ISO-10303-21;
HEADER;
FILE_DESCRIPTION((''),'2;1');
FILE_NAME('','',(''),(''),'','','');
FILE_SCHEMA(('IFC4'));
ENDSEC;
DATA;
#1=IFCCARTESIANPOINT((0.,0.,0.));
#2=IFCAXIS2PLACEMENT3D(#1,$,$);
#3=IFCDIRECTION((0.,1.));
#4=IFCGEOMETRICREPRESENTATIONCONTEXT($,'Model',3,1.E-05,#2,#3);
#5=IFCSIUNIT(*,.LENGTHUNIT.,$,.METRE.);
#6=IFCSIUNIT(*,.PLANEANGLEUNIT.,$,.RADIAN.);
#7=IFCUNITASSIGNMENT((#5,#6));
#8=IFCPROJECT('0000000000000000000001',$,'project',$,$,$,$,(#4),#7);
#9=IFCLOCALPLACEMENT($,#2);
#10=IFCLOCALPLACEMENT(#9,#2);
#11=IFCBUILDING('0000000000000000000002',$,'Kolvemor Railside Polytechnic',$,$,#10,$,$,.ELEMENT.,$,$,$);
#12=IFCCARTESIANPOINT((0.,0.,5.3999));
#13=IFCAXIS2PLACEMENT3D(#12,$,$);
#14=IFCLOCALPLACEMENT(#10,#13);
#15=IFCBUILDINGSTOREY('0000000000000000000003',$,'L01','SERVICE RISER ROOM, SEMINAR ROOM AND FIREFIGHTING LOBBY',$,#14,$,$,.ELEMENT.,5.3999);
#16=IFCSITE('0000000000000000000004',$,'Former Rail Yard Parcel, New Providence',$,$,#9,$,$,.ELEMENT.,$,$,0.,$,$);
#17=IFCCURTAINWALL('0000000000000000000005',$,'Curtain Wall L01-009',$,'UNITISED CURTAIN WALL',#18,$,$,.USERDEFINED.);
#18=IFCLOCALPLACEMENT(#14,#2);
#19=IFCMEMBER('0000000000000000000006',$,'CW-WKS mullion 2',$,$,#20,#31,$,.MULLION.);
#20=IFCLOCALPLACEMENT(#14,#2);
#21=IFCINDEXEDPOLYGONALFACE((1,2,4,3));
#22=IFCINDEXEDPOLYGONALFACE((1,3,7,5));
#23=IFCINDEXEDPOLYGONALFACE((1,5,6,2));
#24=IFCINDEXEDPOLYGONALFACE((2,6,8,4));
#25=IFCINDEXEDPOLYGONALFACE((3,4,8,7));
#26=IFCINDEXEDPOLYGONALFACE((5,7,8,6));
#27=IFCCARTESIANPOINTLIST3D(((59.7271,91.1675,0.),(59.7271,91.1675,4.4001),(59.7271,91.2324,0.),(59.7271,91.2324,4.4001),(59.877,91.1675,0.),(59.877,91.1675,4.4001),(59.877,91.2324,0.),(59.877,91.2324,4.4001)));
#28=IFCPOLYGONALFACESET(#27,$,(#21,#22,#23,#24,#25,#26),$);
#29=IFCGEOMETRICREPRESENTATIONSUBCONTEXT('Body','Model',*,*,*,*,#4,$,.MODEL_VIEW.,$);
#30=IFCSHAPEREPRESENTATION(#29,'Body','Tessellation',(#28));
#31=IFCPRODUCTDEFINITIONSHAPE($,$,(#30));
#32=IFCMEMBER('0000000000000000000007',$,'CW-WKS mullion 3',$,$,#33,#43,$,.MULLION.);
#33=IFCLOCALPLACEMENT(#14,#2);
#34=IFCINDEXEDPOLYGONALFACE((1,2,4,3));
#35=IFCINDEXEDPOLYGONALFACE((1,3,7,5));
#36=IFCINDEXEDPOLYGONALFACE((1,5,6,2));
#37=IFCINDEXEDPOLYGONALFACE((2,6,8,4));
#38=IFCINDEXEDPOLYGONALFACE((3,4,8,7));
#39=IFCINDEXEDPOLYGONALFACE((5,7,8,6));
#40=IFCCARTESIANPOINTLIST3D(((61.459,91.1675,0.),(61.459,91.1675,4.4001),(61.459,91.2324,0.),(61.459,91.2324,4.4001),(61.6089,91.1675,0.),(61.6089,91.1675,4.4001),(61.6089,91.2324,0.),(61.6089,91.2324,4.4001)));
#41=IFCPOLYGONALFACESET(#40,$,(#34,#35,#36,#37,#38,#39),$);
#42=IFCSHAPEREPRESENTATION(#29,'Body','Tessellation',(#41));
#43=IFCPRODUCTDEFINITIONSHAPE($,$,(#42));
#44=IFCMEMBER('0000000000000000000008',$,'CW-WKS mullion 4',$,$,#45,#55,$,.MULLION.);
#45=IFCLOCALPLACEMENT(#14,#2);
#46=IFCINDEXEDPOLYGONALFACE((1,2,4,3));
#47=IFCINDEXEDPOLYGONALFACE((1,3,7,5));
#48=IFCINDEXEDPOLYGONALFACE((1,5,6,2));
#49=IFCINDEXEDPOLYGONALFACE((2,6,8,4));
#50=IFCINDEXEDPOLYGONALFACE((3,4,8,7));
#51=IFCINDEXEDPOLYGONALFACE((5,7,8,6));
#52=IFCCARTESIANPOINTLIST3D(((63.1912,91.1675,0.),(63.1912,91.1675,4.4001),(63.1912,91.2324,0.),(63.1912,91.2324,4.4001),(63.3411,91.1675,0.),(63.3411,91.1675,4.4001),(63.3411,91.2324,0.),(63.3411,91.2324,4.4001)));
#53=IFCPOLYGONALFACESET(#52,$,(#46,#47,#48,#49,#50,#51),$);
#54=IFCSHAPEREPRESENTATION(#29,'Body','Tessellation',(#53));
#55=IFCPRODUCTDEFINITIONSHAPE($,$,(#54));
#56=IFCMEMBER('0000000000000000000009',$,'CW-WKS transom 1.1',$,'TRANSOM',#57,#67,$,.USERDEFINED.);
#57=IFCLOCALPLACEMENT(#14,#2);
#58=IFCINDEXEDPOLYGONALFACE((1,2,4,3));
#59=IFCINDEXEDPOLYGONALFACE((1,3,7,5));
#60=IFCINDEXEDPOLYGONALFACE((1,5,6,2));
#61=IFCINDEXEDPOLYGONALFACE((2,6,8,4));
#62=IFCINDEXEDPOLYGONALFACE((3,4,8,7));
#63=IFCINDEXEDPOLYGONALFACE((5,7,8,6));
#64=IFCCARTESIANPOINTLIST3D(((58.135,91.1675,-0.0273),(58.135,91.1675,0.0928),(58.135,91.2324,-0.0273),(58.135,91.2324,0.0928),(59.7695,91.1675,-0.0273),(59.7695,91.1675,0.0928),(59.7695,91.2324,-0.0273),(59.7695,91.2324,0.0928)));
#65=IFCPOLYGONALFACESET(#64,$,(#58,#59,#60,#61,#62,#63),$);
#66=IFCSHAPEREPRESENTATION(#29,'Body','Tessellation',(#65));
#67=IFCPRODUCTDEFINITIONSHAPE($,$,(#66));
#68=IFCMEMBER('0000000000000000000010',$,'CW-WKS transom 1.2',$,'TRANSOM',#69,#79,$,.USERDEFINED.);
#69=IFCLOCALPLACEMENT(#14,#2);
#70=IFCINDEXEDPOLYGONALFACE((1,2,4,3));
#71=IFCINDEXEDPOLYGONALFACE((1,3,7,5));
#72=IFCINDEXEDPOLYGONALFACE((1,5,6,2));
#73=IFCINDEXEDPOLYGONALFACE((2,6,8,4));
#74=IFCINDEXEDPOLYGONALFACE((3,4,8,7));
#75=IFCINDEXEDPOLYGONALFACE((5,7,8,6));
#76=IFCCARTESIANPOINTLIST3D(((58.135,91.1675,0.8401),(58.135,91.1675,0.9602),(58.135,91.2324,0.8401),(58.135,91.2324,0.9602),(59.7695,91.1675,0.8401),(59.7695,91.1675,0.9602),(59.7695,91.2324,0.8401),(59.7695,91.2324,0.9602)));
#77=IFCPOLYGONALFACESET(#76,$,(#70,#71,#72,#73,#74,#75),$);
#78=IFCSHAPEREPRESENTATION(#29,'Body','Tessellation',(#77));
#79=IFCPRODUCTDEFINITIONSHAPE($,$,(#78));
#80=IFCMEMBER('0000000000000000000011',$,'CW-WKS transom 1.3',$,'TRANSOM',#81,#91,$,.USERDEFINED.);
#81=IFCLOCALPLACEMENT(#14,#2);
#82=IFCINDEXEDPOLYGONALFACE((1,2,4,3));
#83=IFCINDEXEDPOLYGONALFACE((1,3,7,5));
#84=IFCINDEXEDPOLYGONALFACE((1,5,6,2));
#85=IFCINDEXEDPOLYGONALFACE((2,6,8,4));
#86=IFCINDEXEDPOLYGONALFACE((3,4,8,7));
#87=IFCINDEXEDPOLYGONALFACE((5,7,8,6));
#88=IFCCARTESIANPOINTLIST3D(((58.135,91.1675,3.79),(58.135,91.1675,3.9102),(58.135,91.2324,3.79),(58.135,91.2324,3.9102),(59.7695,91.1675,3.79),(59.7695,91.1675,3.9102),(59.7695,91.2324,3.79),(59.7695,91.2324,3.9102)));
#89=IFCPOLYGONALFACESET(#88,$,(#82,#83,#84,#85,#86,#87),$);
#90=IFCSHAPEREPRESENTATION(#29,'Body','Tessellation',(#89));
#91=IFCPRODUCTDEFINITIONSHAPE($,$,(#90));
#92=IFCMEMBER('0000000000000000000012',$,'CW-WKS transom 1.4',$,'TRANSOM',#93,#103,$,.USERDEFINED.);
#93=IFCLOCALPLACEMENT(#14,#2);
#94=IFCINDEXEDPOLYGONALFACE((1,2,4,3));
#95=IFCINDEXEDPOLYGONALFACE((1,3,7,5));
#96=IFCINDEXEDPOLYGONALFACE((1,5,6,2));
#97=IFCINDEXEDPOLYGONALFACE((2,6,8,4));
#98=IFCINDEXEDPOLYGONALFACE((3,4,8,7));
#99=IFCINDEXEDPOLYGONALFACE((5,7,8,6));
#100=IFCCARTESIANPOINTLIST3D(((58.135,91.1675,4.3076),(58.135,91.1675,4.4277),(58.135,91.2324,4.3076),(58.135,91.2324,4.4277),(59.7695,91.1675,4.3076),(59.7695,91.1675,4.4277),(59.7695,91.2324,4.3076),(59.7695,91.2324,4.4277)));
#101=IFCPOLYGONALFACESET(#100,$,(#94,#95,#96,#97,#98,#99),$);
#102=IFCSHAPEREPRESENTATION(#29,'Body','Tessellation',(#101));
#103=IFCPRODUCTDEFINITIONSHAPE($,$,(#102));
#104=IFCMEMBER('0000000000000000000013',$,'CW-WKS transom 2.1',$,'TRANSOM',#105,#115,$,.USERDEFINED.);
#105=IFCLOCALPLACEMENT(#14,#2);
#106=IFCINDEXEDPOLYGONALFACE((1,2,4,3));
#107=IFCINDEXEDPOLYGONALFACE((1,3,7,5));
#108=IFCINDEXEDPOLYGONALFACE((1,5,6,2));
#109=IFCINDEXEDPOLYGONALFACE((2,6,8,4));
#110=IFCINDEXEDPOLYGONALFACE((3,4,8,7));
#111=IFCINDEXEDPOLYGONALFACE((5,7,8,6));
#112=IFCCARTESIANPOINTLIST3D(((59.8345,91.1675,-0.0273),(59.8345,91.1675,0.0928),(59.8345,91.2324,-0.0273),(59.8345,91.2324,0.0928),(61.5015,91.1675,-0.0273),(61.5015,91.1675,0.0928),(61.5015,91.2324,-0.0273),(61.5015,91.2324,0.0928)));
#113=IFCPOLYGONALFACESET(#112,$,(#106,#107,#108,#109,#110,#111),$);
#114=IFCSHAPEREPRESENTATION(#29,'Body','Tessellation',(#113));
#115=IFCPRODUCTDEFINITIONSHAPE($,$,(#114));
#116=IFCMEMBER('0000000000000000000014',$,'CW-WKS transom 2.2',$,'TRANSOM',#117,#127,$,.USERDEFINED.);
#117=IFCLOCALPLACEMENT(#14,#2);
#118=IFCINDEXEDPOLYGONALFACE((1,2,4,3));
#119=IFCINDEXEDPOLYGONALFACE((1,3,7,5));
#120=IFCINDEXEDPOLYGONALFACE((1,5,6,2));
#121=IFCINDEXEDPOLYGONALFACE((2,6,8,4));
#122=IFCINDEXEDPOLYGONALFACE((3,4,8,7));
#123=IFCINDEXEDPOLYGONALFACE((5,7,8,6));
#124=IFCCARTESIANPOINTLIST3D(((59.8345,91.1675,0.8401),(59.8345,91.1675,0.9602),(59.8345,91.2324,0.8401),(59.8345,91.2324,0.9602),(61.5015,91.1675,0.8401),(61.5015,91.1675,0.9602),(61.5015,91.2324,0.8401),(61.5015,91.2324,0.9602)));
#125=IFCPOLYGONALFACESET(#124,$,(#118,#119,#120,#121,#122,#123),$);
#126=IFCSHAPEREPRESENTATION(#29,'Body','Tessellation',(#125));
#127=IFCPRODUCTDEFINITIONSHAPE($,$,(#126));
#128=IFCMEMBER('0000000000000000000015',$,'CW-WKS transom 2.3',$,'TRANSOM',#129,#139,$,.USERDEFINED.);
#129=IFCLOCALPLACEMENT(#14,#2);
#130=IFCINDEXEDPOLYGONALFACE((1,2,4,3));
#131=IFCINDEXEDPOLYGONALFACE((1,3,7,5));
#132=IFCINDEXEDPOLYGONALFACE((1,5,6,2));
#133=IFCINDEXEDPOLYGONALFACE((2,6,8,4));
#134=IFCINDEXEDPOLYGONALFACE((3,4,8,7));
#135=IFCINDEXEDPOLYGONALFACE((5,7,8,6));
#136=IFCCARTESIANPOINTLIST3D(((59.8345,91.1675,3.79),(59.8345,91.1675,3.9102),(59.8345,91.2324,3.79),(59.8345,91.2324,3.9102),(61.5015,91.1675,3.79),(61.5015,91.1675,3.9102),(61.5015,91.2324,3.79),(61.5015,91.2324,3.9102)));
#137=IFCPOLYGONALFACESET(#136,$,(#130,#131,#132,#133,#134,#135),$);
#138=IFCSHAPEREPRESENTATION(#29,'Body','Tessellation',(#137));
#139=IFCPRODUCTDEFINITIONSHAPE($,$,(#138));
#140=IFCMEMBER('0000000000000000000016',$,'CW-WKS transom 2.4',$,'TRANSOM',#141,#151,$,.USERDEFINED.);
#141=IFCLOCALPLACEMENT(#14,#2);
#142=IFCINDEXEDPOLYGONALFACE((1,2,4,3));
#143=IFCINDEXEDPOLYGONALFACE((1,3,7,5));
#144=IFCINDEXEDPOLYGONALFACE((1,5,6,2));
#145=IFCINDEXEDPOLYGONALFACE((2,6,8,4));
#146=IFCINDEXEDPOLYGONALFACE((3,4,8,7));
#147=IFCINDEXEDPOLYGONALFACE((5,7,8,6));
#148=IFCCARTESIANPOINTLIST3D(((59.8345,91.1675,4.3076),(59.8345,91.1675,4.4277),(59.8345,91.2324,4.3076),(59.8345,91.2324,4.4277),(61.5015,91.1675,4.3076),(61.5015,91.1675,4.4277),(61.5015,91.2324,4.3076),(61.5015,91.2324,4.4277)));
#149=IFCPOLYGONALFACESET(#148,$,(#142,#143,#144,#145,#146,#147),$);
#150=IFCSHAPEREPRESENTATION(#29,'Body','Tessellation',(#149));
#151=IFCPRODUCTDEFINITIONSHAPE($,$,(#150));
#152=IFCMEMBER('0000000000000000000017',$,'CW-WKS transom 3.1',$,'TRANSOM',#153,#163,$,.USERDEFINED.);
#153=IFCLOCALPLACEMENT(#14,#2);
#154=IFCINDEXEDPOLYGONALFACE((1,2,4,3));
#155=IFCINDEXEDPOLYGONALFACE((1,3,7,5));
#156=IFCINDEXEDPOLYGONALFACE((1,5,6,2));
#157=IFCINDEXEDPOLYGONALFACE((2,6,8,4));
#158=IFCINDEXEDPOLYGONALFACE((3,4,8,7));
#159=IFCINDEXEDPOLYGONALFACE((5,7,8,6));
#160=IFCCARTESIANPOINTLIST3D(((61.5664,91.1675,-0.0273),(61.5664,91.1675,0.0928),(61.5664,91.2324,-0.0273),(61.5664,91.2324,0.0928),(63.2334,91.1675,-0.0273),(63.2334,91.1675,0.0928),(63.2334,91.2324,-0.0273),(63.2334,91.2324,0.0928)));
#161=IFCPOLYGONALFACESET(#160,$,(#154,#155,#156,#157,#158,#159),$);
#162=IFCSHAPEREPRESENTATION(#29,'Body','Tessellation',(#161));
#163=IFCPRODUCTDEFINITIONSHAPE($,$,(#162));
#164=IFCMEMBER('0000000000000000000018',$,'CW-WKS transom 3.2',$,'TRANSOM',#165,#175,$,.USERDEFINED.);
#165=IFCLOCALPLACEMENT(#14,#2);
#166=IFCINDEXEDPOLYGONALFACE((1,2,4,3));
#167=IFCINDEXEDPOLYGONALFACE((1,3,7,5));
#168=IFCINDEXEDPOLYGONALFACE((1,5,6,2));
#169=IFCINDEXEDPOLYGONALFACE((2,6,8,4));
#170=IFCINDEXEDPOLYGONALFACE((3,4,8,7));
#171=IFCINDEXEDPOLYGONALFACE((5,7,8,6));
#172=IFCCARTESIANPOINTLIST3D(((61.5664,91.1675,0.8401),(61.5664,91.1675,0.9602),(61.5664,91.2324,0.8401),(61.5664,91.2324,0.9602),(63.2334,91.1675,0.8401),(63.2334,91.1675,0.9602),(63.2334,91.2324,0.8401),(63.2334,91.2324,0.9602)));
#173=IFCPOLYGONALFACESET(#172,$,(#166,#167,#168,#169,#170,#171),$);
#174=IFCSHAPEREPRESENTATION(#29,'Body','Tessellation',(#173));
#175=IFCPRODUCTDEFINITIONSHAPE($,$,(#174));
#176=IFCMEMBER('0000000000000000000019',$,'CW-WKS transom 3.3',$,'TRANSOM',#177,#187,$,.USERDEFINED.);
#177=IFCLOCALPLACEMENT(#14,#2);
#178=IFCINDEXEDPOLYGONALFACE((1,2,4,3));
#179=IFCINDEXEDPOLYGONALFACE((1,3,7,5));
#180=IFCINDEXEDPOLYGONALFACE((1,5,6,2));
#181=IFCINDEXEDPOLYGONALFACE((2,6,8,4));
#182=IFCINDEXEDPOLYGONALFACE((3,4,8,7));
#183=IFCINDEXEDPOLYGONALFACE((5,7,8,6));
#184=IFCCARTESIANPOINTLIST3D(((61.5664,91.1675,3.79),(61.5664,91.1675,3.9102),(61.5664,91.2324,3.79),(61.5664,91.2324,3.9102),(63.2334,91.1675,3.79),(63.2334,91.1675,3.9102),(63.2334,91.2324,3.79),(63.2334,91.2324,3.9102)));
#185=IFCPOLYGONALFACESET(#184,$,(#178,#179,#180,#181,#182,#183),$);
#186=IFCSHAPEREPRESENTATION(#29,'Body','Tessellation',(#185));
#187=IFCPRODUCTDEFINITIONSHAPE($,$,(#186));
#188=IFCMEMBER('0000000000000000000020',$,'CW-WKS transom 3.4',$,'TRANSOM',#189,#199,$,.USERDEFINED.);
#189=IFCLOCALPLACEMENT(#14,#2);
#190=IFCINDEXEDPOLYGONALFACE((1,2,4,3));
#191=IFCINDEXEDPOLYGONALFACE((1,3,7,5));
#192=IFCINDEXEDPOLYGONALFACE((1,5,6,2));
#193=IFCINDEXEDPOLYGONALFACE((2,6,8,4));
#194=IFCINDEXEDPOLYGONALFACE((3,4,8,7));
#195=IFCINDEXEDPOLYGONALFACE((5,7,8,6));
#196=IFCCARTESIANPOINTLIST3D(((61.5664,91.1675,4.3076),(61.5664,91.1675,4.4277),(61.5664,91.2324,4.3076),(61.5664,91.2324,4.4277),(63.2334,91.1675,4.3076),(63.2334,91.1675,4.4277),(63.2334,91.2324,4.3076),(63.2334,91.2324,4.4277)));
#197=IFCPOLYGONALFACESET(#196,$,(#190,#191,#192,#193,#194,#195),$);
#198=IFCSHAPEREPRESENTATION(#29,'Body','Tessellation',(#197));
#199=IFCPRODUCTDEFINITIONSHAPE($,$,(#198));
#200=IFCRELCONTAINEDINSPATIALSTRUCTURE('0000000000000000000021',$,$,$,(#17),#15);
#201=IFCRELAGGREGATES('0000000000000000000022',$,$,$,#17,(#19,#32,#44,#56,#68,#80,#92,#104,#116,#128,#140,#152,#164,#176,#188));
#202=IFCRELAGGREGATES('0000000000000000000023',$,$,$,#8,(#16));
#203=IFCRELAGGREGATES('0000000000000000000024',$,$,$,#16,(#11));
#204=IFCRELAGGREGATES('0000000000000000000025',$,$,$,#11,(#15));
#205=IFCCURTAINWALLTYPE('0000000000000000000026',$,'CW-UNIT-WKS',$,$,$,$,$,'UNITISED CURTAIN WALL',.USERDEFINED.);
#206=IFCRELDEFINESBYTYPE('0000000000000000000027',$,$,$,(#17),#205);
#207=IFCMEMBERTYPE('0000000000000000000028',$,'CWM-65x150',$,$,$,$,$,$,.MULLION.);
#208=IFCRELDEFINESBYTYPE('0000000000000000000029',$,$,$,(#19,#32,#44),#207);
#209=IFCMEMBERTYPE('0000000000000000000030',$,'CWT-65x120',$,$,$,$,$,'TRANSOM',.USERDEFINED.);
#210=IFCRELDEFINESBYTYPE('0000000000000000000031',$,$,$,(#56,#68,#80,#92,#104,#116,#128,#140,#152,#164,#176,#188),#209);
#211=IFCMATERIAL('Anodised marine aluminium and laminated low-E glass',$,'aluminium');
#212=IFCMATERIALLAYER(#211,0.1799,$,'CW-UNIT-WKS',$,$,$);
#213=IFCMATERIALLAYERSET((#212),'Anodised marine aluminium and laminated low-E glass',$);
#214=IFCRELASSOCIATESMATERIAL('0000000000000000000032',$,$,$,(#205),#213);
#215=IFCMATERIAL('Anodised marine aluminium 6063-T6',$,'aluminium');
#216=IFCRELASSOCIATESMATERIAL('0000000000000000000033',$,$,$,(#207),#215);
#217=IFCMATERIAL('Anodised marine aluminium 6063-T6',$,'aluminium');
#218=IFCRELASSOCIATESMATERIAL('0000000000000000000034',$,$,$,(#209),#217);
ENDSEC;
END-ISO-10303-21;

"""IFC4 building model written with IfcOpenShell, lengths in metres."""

from ifc_helpers import new_model, si_unit, direction, frame, origin, origin_2d, place, context, subcontext, project, spatial, rectangle, extrude, material, layer, layer_set, material_profile, profile_set, type_object, element, aggregate, save


model = new_model("IFC4")

# Units and contexts
model_context = context("Model", 3, precision=1e-05, world=origin(), true_north=direction((0.0, 1.0)))
body_context = subcontext(model_context, "Body", "Model", "MODEL_VIEW")
ifc_project = project(units=[si_unit("LENGTHUNIT", "METRE"), si_unit("PLANEANGLEUNIT", "RADIAN")], contexts=[model_context])

# Site, building, storey
site_placement = place(None, origin())
site = spatial("IfcSite", under=ifc_project, at=site_placement, Name="Former Rail Yard Parcel, New Providence", CompositionType="ELEMENT", RefElevation=0.0)
building_placement = place(site_placement, origin())
building = spatial("IfcBuilding", under=site, at=building_placement, Name="Kolvemor Railside Polytechnic", CompositionType="ELEMENT")
storey_placement = place(building_placement, frame((0.0, 0.0, 5.3999)))
storey = spatial("IfcBuildingStorey", under=building, at=storey_placement, Name="L01", Description="SERVICE RISER ROOM, SEMINAR ROOM AND FIREFIGHTING LOBBY", CompositionType="ELEMENT", Elevation=5.3999)

# Curtain wall, members
ifc_material_1 = material(Name="Anodised marine aluminium and laminated low-E glass", Category="aluminium")
ifc_layer_1 = layer(ifc_material_1, 0.1799, Name="CW-UNIT-WKS")
ifc_layer_set_1 = layer_set([ifc_layer_1], Name="Anodised marine aluminium and laminated low-E glass")
curtain_wall_type = type_object("IfcCurtainWallType", Name="CW-UNIT-WKS", ElementType="UNITISED CURTAIN WALL", PredefinedType="USERDEFINED", material=ifc_layer_set_1)
curtain_wall_placement = place(storey_placement, origin())
curtain_wall = element("IfcCurtainWall", 1, at=curtain_wall_placement, inside=storey, type_object=curtain_wall_type, Name="Curtain Wall L01-009", ObjectType="UNITISED CURTAIN WALL", PredefinedType="USERDEFINED")
ifc_material_2 = material(Name="Anodised marine aluminium 6063-T6", Category="aluminium")
ifc_material_profile_1 = material_profile(ifc_material_2, rectangle(XDim=0.0649, YDim=0.1499, at=origin_2d()), Name="CW-MUL-65x150")
ifc_profile_set_1 = profile_set([ifc_material_profile_1], Name="Anodised marine aluminium 6063-T6")
member_type_1 = type_object("IfcMemberType", Name="CWM-65x150", PredefinedType="MULLION", material=ifc_profile_set_1)
member_1_placement = place(storey_placement, frame((59.802, 91.2, 0.0), z_axis=(0.0, 0.0, 1.0), x_axis=(0.0, 1.0, 0.0)))
member_1 = element("IfcMember", 2, at=member_1_placement, type_object=member_type_1, Name="CW-WKS mullion 2", PredefinedType="MULLION", context=body_context, shape_type="SweptSolid", body=[
    extrude(rectangle(XDim=0.0649, YDim=0.1499, at=origin_2d()), origin(), (0.0, 0.0, 1.0), 4.4001),
])
member_2_placement = place(storey_placement, frame((61.5339, 91.2, 0.0), z_axis=(0.0, 0.0, 1.0), x_axis=(0.0, 1.0, 0.0)))
member_2 = element("IfcMember", 3, at=member_2_placement, type_object=member_type_1, Name="CW-WKS mullion 3", PredefinedType="MULLION", context=body_context, shape_type="SweptSolid", body=[
    extrude(rectangle(XDim=0.0649, YDim=0.1499, at=origin_2d()), origin(), (0.0, 0.0, 1.0), 4.4001),
])
member_3_placement = place(storey_placement, frame((63.2661, 91.2, 0.0), z_axis=(0.0, 0.0, 1.0), x_axis=(0.0, 1.0, 0.0)))
member_3 = element("IfcMember", 4, at=member_3_placement, type_object=member_type_1, Name="CW-WKS mullion 4", PredefinedType="MULLION", context=body_context, shape_type="SweptSolid", body=[
    extrude(rectangle(XDim=0.0649, YDim=0.1499, at=origin_2d()), origin(), (0.0, 0.0, 1.0), 4.4001),
])
ifc_material_3 = material(Name="Anodised marine aluminium 6063-T6", Category="aluminium")
ifc_material_profile_2 = material_profile(ifc_material_3, rectangle(XDim=0.0649, YDim=0.1201, at=origin_2d()), Name="CW-TRN-65x120")
ifc_profile_set_2 = profile_set([ifc_material_profile_2], Name="Anodised marine aluminium 6063-T6")
member_type_2 = type_object("IfcMemberType", Name="CWT-65x120", ElementType="TRANSOM", PredefinedType="USERDEFINED", material=ifc_profile_set_2)
member_4_placement = place(storey_placement, frame((58.135, 91.2, 0.0327), z_axis=(1.0, 0.0, 0.0), x_axis=(0.0, 1.0, 0.0)))
member_4 = element("IfcMember", 5, at=member_4_placement, type_object=member_type_2, Name="CW-WKS transom 1.1", ObjectType="TRANSOM", PredefinedType="USERDEFINED", context=body_context, shape_type="SweptSolid", body=[
    extrude(rectangle(XDim=0.0649, YDim=0.1201, at=origin_2d()), origin(), (0.0, 0.0, 1.0), 1.6345),
])
member_5_placement = place(storey_placement, frame((58.135, 91.2, 0.9001), z_axis=(1.0, 0.0, 0.0), x_axis=(0.0, 1.0, 0.0)))
member_5 = element("IfcMember", 6, at=member_5_placement, type_object=member_type_2, Name="CW-WKS transom 1.2", ObjectType="TRANSOM", PredefinedType="USERDEFINED", context=body_context, shape_type="SweptSolid", body=[
    extrude(rectangle(XDim=0.0649, YDim=0.1201, at=origin_2d()), origin(), (0.0, 0.0, 1.0), 1.6345),
])
member_6_placement = place(storey_placement, frame((58.135, 91.2, 3.8501), z_axis=(1.0, 0.0, 0.0), x_axis=(0.0, 1.0, 0.0)))
member_6 = element("IfcMember", 7, at=member_6_placement, type_object=member_type_2, Name="CW-WKS transom 1.3", ObjectType="TRANSOM", PredefinedType="USERDEFINED", context=body_context, shape_type="SweptSolid", body=[
    extrude(rectangle(XDim=0.0649, YDim=0.1201, at=origin_2d()), origin(), (0.0, 0.0, 1.0), 1.6345),
])
member_7_placement = place(storey_placement, frame((58.135, 91.2, 4.3677), z_axis=(1.0, 0.0, 0.0), x_axis=(0.0, 1.0, 0.0)))
member_7 = element("IfcMember", 8, at=member_7_placement, type_object=member_type_2, Name="CW-WKS transom 1.4", ObjectType="TRANSOM", PredefinedType="USERDEFINED", context=body_context, shape_type="SweptSolid", body=[
    extrude(rectangle(XDim=0.0649, YDim=0.1201, at=origin_2d()), origin(), (0.0, 0.0, 1.0), 1.6345),
])
member_8_placement = place(storey_placement, frame((59.8345, 91.2, 0.0327), z_axis=(1.0, 0.0, 0.0), x_axis=(0.0, 1.0, 0.0)))
member_8 = element("IfcMember", 9, at=member_8_placement, type_object=member_type_2, Name="CW-WKS transom 2.1", ObjectType="TRANSOM", PredefinedType="USERDEFINED", context=body_context, shape_type="SweptSolid", body=[
    extrude(rectangle(XDim=0.0649, YDim=0.1201, at=origin_2d()), origin(), (0.0, 0.0, 1.0), 1.667),
])
member_9_placement = place(storey_placement, frame((59.8345, 91.2, 0.9001), z_axis=(1.0, 0.0, 0.0), x_axis=(0.0, 1.0, 0.0)))
member_9 = element("IfcMember", 10, at=member_9_placement, type_object=member_type_2, Name="CW-WKS transom 2.2", ObjectType="TRANSOM", PredefinedType="USERDEFINED", context=body_context, shape_type="SweptSolid", body=[
    extrude(rectangle(XDim=0.0649, YDim=0.1201, at=origin_2d()), origin(), (0.0, 0.0, 1.0), 1.667),
])
member_10_placement = place(storey_placement, frame((59.8345, 91.2, 3.8501), z_axis=(1.0, 0.0, 0.0), x_axis=(0.0, 1.0, 0.0)))
member_10 = element("IfcMember", 11, at=member_10_placement, type_object=member_type_2, Name="CW-WKS transom 2.3", ObjectType="TRANSOM", PredefinedType="USERDEFINED", context=body_context, shape_type="SweptSolid", body=[
    extrude(rectangle(XDim=0.0649, YDim=0.1201, at=origin_2d()), origin(), (0.0, 0.0, 1.0), 1.667),
])
member_11_placement = place(storey_placement, frame((59.8345, 91.2, 4.3677), z_axis=(1.0, 0.0, 0.0), x_axis=(0.0, 1.0, 0.0)))
member_11 = element("IfcMember", 12, at=member_11_placement, type_object=member_type_2, Name="CW-WKS transom 2.4", ObjectType="TRANSOM", PredefinedType="USERDEFINED", context=body_context, shape_type="SweptSolid", body=[
    extrude(rectangle(XDim=0.0649, YDim=0.1201, at=origin_2d()), origin(), (0.0, 0.0, 1.0), 1.667),
])
member_12_placement = place(storey_placement, frame((61.5664, 91.2, 0.0327), z_axis=(1.0, 0.0, 0.0), x_axis=(0.0, 1.0, 0.0)))
member_12 = element("IfcMember", 13, at=member_12_placement, type_object=member_type_2, Name="CW-WKS transom 3.1", ObjectType="TRANSOM", PredefinedType="USERDEFINED", context=body_context, shape_type="SweptSolid", body=[
    extrude(rectangle(XDim=0.0649, YDim=0.1201, at=origin_2d()), origin(), (0.0, 0.0, 1.0), 1.667),
])
member_13_placement = place(storey_placement, frame((61.5664, 91.2, 0.9001), z_axis=(1.0, 0.0, 0.0), x_axis=(0.0, 1.0, 0.0)))
member_13 = element("IfcMember", 14, at=member_13_placement, type_object=member_type_2, Name="CW-WKS transom 3.2", ObjectType="TRANSOM", PredefinedType="USERDEFINED", context=body_context, shape_type="SweptSolid", body=[
    extrude(rectangle(XDim=0.0649, YDim=0.1201, at=origin_2d()), origin(), (0.0, 0.0, 1.0), 1.667),
])
member_14_placement = place(storey_placement, frame((61.5664, 91.2, 3.8501), z_axis=(1.0, 0.0, 0.0), x_axis=(0.0, 1.0, 0.0)))
member_14 = element("IfcMember", 15, at=member_14_placement, type_object=member_type_2, Name="CW-WKS transom 3.3", ObjectType="TRANSOM", PredefinedType="USERDEFINED", context=body_context, shape_type="SweptSolid", body=[
    extrude(rectangle(XDim=0.0649, YDim=0.1201, at=origin_2d()), origin(), (0.0, 0.0, 1.0), 1.667),
])
member_15_placement = place(storey_placement, frame((61.5664, 91.2, 4.3677), z_axis=(1.0, 0.0, 0.0), x_axis=(0.0, 1.0, 0.0)))
member_15 = element("IfcMember", 16, at=member_15_placement, type_object=member_type_2, Name="CW-WKS transom 3.4", ObjectType="TRANSOM", PredefinedType="USERDEFINED", context=body_context, shape_type="SweptSolid", body=[
    extrude(rectangle(XDim=0.0649, YDim=0.1201, at=origin_2d()), origin(), (0.0, 0.0, 1.0), 1.667),
])
aggregate(curtain_wall, [member_1, member_2, member_3, member_4, member_5, member_6, member_7, member_8, member_9, member_10, member_11, member_12, member_13, member_14, member_15])

save(model, "model.ifc")
